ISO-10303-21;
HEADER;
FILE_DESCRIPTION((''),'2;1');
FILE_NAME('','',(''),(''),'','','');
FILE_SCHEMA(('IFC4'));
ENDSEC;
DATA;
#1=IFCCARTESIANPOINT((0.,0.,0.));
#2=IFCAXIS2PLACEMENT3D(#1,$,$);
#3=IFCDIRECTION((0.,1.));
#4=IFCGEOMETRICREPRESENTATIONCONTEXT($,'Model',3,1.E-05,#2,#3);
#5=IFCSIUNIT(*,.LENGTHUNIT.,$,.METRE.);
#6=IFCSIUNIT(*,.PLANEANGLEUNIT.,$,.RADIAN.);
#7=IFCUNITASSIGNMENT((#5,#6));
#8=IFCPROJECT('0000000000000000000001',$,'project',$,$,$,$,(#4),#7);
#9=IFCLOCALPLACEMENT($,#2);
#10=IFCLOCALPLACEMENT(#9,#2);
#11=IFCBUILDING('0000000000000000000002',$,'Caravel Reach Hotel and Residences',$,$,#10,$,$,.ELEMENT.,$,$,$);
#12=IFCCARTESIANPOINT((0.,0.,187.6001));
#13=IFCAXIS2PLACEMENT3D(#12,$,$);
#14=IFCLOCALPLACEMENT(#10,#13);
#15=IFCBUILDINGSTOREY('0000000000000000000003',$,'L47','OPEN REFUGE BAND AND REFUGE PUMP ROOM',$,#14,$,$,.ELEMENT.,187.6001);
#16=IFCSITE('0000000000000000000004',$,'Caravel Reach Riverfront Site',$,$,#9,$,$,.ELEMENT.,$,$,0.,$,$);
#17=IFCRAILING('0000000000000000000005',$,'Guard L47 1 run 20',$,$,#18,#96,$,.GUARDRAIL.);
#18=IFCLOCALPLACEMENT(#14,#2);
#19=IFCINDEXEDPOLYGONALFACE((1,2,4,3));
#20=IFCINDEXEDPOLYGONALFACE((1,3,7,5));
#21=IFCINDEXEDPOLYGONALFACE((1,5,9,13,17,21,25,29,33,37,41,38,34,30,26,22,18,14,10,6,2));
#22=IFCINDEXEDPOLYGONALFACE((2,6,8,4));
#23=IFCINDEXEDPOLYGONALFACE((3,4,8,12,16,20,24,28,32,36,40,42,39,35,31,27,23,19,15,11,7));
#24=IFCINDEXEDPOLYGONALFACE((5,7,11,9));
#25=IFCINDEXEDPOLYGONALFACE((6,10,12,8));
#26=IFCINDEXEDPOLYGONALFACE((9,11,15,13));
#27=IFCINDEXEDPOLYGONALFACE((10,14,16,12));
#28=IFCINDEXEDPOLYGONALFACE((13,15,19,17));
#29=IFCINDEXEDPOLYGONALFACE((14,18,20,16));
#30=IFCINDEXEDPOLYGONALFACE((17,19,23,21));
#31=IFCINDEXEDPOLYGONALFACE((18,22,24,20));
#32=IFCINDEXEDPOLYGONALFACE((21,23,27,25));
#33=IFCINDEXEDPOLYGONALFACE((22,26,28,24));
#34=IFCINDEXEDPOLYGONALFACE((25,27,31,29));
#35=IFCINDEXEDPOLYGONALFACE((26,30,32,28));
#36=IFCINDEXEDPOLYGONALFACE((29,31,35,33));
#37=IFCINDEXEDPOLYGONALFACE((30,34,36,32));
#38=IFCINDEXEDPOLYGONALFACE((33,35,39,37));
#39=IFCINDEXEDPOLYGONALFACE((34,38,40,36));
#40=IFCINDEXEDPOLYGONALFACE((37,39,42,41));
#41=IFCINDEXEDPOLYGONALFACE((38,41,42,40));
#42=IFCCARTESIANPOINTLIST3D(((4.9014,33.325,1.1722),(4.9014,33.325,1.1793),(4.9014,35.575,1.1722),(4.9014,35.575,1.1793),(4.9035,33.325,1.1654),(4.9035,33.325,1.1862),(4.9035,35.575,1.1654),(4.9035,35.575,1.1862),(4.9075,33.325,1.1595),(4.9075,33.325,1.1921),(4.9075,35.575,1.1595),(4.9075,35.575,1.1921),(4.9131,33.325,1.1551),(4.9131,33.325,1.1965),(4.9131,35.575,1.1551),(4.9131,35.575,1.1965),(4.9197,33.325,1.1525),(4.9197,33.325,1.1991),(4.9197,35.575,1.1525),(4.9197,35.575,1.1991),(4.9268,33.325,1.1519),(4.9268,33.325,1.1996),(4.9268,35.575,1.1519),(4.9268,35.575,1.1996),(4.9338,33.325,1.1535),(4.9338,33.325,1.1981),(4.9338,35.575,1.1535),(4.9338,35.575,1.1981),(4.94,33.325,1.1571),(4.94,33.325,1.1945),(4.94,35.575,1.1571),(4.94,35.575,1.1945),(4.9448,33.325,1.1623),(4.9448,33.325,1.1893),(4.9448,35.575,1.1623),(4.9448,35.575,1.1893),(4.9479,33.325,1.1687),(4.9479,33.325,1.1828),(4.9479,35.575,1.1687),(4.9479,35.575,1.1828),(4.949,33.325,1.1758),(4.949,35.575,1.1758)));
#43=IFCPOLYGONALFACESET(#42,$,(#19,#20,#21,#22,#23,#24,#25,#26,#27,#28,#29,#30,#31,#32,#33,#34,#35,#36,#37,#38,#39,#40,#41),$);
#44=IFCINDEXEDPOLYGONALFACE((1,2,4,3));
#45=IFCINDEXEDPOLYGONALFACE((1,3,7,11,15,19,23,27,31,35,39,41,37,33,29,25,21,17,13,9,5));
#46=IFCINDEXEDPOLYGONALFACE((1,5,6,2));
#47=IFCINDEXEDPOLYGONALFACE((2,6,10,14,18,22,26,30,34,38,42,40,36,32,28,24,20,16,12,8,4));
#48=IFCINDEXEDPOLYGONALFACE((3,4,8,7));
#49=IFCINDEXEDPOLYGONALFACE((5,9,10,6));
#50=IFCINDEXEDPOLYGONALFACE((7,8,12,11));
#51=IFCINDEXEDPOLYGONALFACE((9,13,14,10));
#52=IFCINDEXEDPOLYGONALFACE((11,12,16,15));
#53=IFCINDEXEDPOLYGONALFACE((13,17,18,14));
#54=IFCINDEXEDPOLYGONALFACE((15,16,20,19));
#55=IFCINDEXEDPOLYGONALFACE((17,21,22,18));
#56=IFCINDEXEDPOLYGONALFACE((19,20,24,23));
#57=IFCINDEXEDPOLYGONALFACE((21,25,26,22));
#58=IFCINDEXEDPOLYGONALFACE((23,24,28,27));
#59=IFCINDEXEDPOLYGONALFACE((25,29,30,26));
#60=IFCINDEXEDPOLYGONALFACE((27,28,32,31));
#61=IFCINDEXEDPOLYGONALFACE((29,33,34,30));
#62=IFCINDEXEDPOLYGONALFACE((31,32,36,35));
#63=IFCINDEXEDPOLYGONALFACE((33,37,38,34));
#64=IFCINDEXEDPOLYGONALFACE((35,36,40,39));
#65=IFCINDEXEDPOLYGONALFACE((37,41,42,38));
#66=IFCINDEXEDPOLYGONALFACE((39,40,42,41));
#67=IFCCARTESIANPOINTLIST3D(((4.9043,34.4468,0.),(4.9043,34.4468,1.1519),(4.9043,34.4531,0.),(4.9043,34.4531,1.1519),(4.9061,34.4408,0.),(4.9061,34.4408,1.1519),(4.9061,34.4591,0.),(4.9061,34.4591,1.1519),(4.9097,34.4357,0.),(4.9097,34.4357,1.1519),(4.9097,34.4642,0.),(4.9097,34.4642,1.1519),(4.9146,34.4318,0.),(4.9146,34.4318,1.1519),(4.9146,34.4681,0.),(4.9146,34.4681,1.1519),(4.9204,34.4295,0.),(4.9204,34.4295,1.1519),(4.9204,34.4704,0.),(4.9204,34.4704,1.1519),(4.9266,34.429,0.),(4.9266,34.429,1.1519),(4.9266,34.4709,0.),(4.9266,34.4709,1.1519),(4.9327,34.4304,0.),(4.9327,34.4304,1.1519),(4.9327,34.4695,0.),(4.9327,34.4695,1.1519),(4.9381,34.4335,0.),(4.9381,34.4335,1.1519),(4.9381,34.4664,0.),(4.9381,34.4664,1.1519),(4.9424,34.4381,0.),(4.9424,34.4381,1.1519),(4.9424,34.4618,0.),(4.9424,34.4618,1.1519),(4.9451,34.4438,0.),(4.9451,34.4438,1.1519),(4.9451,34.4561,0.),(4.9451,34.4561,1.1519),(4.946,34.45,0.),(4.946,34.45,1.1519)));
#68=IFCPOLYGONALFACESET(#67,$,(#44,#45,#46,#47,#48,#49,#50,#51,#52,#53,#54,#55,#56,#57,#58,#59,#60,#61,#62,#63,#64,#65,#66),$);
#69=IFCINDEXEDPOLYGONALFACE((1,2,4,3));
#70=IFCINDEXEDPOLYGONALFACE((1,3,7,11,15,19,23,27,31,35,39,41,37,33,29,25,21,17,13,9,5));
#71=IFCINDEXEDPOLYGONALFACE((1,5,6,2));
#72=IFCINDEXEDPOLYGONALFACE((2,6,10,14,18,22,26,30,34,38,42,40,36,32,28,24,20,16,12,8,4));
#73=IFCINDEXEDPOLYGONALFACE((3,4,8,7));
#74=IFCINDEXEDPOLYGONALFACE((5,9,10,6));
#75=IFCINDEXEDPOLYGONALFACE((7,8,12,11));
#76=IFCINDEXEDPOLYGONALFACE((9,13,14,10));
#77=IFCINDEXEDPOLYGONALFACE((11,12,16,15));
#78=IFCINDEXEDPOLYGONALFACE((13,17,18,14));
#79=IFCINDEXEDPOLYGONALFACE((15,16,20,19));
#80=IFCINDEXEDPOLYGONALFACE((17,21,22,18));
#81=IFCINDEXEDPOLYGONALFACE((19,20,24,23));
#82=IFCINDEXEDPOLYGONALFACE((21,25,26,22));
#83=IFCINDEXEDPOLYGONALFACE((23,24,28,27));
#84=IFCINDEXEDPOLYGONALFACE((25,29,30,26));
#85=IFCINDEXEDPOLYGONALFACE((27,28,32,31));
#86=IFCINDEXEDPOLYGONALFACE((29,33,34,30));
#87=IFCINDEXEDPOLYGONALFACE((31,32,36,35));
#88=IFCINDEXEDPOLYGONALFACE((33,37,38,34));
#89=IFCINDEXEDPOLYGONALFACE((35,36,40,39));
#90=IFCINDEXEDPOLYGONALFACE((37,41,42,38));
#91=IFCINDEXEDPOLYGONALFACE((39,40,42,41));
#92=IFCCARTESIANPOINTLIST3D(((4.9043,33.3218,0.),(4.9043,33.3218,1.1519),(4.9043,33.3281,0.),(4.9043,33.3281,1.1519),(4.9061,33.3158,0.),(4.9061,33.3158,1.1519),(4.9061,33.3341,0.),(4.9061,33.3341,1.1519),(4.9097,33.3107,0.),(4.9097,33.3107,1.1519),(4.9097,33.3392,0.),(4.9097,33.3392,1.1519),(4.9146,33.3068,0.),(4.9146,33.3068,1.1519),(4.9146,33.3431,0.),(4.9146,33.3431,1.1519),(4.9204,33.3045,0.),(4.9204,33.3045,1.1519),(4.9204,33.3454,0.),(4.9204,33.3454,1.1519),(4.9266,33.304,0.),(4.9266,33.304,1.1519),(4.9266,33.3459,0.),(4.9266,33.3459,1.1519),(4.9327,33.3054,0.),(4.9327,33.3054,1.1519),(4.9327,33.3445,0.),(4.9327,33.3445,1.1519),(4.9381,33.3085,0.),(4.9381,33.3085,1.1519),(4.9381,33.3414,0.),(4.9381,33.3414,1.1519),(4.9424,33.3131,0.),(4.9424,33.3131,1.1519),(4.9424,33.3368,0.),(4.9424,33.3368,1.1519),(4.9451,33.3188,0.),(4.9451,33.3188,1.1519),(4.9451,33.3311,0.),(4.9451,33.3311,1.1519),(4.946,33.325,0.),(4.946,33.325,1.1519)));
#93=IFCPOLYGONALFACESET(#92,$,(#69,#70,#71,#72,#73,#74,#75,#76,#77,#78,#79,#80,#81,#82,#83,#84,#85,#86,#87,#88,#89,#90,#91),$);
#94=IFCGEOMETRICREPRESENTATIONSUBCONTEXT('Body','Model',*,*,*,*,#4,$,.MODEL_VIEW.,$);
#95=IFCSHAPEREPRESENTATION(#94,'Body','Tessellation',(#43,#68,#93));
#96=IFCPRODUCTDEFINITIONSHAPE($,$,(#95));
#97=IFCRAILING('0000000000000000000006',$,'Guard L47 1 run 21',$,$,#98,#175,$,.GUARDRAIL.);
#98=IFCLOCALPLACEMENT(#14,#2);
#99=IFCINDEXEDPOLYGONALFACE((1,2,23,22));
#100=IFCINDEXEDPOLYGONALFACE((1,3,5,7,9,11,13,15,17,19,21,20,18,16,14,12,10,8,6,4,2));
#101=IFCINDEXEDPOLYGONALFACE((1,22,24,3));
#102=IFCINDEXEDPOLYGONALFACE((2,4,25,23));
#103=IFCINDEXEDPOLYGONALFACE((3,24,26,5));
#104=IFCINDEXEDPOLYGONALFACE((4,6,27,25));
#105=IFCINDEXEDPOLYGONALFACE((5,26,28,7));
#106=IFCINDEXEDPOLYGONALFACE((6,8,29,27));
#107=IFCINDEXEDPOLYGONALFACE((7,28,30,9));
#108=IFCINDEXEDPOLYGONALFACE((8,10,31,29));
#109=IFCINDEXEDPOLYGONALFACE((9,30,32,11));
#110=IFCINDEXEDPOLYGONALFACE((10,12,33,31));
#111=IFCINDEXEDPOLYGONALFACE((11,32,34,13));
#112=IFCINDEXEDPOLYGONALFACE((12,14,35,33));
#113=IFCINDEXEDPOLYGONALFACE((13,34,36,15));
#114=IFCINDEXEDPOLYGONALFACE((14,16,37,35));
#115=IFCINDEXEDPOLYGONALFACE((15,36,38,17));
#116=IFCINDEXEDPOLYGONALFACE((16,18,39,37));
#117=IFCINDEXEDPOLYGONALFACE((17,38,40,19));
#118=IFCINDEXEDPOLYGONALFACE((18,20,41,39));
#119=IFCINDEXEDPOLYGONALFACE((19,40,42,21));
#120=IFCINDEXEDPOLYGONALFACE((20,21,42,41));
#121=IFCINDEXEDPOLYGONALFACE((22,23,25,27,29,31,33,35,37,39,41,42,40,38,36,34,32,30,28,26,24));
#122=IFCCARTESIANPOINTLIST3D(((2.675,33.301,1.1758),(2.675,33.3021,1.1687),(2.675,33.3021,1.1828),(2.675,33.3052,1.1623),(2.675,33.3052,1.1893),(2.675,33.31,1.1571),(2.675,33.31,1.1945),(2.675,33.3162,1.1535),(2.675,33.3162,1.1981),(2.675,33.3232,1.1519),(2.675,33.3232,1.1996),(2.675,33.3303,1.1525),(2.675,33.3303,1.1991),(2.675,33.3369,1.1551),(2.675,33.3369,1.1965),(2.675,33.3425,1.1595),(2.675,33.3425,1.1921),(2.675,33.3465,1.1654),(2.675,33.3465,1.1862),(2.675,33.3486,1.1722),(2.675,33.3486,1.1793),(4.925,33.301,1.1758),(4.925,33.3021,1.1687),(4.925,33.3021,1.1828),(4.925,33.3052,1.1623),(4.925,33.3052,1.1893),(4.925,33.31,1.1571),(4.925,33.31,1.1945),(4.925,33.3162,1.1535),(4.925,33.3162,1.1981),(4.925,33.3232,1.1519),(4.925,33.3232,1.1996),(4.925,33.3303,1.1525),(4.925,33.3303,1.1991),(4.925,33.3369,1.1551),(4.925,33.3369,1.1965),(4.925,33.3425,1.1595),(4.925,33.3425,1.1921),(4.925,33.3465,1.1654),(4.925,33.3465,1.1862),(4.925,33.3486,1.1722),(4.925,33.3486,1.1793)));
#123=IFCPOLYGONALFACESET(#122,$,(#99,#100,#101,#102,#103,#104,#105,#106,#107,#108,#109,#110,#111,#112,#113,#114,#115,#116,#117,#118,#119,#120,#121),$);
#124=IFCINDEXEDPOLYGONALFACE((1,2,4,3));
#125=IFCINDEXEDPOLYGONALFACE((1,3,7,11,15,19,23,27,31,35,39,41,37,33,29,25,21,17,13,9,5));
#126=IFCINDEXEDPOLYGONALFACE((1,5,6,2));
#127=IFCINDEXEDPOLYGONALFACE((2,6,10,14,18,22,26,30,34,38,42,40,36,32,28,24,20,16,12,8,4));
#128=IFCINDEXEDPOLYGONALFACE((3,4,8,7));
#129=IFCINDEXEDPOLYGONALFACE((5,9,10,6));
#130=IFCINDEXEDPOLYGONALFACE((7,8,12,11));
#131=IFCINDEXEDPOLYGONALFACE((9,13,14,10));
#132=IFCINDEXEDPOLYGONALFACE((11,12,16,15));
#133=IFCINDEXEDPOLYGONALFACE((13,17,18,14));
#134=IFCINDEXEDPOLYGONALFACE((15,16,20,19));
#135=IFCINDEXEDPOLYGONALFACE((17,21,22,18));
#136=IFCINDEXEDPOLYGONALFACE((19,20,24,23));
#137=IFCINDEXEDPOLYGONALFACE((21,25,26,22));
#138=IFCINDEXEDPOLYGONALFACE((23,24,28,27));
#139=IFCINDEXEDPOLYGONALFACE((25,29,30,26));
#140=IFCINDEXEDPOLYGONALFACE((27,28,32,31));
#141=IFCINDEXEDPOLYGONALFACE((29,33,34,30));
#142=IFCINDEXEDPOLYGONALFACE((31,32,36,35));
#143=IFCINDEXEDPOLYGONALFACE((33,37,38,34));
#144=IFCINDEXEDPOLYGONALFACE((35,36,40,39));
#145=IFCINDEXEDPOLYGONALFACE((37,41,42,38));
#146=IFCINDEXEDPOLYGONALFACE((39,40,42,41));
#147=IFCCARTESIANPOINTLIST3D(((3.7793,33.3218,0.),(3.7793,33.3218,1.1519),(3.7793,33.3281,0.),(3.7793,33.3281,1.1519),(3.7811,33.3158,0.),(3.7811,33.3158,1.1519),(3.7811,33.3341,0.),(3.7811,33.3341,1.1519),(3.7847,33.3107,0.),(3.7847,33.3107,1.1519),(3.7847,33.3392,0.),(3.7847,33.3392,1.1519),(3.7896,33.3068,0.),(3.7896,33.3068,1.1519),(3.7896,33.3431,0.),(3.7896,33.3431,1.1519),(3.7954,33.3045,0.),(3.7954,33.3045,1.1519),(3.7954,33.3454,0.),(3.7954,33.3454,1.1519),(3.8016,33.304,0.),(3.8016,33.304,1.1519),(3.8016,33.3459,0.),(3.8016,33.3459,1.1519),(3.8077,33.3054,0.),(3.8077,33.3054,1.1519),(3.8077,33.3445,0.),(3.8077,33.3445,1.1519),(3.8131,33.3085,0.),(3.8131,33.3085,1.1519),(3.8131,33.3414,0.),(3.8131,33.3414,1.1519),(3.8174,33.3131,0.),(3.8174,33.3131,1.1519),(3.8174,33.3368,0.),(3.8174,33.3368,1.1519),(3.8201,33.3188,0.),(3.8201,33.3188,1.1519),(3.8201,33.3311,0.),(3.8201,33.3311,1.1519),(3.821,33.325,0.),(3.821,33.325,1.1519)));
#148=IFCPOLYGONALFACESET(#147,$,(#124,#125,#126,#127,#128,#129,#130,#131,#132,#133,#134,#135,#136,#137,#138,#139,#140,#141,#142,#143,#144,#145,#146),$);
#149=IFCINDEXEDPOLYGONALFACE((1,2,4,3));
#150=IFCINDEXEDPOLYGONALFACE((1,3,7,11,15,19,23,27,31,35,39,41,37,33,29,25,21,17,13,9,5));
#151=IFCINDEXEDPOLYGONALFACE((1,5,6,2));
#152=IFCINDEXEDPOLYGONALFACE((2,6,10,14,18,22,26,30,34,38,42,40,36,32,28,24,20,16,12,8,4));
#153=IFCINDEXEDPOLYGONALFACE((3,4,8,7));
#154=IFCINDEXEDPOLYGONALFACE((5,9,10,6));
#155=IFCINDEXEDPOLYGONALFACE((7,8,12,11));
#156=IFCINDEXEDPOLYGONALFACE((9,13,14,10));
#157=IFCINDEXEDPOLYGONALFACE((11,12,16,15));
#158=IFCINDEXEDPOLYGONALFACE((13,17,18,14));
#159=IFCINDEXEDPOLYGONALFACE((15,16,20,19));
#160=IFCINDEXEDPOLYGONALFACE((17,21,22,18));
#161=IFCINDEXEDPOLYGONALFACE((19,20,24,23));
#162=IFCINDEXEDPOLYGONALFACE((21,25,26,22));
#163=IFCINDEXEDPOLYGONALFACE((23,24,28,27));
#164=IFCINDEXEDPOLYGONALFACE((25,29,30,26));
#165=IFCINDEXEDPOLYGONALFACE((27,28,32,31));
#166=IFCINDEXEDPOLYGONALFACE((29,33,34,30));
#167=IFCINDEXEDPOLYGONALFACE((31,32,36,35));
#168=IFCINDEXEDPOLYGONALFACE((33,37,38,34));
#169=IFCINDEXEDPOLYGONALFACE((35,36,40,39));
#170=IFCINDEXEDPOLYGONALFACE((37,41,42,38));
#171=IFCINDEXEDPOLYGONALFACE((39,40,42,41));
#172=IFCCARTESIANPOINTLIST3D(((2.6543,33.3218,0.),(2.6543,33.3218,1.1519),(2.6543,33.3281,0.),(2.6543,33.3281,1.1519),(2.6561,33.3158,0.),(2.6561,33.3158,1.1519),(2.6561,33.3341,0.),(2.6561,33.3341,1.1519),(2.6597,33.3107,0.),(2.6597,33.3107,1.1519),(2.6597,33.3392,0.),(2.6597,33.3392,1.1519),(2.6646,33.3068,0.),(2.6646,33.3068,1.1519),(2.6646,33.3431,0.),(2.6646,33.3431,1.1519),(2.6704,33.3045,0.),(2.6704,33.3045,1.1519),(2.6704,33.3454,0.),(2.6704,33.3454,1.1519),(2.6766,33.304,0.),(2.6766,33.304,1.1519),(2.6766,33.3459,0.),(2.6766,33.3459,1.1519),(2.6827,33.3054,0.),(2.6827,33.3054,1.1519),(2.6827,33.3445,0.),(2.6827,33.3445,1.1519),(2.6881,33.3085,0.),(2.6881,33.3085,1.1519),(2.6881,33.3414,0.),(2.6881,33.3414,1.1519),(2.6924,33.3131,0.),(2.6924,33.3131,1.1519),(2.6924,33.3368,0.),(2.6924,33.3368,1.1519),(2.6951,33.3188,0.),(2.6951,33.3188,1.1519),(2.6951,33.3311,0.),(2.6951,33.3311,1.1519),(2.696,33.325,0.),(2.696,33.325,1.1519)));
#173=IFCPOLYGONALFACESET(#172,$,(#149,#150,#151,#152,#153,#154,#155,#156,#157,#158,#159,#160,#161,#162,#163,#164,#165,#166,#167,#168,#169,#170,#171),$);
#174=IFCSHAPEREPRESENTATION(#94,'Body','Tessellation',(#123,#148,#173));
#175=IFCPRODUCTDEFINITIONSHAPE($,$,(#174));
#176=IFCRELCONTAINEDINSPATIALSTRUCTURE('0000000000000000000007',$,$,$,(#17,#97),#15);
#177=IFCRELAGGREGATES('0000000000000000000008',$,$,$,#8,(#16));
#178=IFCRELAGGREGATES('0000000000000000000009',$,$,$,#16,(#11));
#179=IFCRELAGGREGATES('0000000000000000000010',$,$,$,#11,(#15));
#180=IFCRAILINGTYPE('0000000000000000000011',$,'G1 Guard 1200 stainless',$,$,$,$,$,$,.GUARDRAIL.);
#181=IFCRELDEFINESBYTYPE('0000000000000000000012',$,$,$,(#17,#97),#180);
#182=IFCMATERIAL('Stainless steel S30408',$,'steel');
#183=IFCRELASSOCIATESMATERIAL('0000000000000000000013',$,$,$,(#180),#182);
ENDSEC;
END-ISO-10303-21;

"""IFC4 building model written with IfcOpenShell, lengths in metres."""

from ifc_helpers import new_model, si_unit, direction, frame, origin, origin_2d, place, context, subcontext, project, spatial, circle, extrude, material, type_object, element, save


model = new_model("IFC4")

# Units and contexts
model_context = context("Model", 3, precision=1e-05, world=origin(), true_north=direction((0.0, 1.0)))
body_context = subcontext(model_context, "Body", "Model", "MODEL_VIEW")
ifc_project = project(units=[si_unit("LENGTHUNIT", "METRE"), si_unit("PLANEANGLEUNIT", "RADIAN")], contexts=[model_context])

# Site, building, storey
site_placement = place(None, origin())
site = spatial("IfcSite", under=ifc_project, at=site_placement, Name="Caravel Reach Riverfront Site", CompositionType="ELEMENT", RefElevation=0.0)
building_placement = place(site_placement, origin())
building = spatial("IfcBuilding", under=site, at=building_placement, Name="Caravel Reach Hotel and Residences", CompositionType="ELEMENT")
storey_placement = place(building_placement, frame((0.0, 0.0, 187.6001)))
storey = spatial("IfcBuildingStorey", under=building, at=storey_placement, Name="L47", Description="OPEN REFUGE BAND AND REFUGE PUMP ROOM", CompositionType="ELEMENT", Elevation=187.6001)

# Railings
ifc_material_1 = material(Name="Stainless steel S30408", Category="steel")
railing_type = type_object("IfcRailingType", Name="G1 Guard 1200 stainless", PredefinedType="GUARDRAIL", material=ifc_material_1)
railing_1_placement = place(storey_placement, frame((4.925, 35.575, 0.0)))
element("IfcRailing", 1, at=railing_1_placement, inside=storey, type_object=railing_type, Name="Guard L47 1 run 20", PredefinedType="GUARDRAIL", context=body_context, shape_type="SweptSolid", body=[
    extrude(circle(Radius=0.0239, at=origin_2d()), frame((0.0, 0.0, 1.1758), z_axis=(0.0, -1.0, 0.0), x_axis=(1.0, 0.0, 0.0)), (0.0, 0.0, 1.0), 2.25),
    extrude(circle(Radius=0.021, at=origin_2d()), frame((0.0, -1.125, 0.0)), (0.0, 0.0, 1.0), 1.1519),
    extrude(circle(Radius=0.021, at=origin_2d()), frame((0.0, -2.25, 0.0)), (0.0, 0.0, 1.0), 1.1519),
])
railing_2_placement = place(storey_placement, frame((4.925, 33.325, 0.0)))
element("IfcRailing", 2, at=railing_2_placement, inside=storey, type_object=railing_type, Name="Guard L47 1 run 21", PredefinedType="GUARDRAIL", context=body_context, shape_type="SweptSolid", body=[
    extrude(circle(Radius=0.0239, at=origin_2d()), frame((0.0, 0.0, 1.1758), z_axis=(-1.0, 0.0, 0.0), x_axis=(0.0, -1.0, 0.0)), (0.0, 0.0, 1.0), 2.25),
    extrude(circle(Radius=0.021, at=origin_2d()), frame((-1.125, 0.0, 0.0)), (0.0, 0.0, 1.0), 1.1519),
    extrude(circle(Radius=0.021, at=origin_2d()), frame((-2.25, 0.0, 0.0)), (0.0, 0.0, 1.0), 1.1519),
])

save(model, "model.ifc")
